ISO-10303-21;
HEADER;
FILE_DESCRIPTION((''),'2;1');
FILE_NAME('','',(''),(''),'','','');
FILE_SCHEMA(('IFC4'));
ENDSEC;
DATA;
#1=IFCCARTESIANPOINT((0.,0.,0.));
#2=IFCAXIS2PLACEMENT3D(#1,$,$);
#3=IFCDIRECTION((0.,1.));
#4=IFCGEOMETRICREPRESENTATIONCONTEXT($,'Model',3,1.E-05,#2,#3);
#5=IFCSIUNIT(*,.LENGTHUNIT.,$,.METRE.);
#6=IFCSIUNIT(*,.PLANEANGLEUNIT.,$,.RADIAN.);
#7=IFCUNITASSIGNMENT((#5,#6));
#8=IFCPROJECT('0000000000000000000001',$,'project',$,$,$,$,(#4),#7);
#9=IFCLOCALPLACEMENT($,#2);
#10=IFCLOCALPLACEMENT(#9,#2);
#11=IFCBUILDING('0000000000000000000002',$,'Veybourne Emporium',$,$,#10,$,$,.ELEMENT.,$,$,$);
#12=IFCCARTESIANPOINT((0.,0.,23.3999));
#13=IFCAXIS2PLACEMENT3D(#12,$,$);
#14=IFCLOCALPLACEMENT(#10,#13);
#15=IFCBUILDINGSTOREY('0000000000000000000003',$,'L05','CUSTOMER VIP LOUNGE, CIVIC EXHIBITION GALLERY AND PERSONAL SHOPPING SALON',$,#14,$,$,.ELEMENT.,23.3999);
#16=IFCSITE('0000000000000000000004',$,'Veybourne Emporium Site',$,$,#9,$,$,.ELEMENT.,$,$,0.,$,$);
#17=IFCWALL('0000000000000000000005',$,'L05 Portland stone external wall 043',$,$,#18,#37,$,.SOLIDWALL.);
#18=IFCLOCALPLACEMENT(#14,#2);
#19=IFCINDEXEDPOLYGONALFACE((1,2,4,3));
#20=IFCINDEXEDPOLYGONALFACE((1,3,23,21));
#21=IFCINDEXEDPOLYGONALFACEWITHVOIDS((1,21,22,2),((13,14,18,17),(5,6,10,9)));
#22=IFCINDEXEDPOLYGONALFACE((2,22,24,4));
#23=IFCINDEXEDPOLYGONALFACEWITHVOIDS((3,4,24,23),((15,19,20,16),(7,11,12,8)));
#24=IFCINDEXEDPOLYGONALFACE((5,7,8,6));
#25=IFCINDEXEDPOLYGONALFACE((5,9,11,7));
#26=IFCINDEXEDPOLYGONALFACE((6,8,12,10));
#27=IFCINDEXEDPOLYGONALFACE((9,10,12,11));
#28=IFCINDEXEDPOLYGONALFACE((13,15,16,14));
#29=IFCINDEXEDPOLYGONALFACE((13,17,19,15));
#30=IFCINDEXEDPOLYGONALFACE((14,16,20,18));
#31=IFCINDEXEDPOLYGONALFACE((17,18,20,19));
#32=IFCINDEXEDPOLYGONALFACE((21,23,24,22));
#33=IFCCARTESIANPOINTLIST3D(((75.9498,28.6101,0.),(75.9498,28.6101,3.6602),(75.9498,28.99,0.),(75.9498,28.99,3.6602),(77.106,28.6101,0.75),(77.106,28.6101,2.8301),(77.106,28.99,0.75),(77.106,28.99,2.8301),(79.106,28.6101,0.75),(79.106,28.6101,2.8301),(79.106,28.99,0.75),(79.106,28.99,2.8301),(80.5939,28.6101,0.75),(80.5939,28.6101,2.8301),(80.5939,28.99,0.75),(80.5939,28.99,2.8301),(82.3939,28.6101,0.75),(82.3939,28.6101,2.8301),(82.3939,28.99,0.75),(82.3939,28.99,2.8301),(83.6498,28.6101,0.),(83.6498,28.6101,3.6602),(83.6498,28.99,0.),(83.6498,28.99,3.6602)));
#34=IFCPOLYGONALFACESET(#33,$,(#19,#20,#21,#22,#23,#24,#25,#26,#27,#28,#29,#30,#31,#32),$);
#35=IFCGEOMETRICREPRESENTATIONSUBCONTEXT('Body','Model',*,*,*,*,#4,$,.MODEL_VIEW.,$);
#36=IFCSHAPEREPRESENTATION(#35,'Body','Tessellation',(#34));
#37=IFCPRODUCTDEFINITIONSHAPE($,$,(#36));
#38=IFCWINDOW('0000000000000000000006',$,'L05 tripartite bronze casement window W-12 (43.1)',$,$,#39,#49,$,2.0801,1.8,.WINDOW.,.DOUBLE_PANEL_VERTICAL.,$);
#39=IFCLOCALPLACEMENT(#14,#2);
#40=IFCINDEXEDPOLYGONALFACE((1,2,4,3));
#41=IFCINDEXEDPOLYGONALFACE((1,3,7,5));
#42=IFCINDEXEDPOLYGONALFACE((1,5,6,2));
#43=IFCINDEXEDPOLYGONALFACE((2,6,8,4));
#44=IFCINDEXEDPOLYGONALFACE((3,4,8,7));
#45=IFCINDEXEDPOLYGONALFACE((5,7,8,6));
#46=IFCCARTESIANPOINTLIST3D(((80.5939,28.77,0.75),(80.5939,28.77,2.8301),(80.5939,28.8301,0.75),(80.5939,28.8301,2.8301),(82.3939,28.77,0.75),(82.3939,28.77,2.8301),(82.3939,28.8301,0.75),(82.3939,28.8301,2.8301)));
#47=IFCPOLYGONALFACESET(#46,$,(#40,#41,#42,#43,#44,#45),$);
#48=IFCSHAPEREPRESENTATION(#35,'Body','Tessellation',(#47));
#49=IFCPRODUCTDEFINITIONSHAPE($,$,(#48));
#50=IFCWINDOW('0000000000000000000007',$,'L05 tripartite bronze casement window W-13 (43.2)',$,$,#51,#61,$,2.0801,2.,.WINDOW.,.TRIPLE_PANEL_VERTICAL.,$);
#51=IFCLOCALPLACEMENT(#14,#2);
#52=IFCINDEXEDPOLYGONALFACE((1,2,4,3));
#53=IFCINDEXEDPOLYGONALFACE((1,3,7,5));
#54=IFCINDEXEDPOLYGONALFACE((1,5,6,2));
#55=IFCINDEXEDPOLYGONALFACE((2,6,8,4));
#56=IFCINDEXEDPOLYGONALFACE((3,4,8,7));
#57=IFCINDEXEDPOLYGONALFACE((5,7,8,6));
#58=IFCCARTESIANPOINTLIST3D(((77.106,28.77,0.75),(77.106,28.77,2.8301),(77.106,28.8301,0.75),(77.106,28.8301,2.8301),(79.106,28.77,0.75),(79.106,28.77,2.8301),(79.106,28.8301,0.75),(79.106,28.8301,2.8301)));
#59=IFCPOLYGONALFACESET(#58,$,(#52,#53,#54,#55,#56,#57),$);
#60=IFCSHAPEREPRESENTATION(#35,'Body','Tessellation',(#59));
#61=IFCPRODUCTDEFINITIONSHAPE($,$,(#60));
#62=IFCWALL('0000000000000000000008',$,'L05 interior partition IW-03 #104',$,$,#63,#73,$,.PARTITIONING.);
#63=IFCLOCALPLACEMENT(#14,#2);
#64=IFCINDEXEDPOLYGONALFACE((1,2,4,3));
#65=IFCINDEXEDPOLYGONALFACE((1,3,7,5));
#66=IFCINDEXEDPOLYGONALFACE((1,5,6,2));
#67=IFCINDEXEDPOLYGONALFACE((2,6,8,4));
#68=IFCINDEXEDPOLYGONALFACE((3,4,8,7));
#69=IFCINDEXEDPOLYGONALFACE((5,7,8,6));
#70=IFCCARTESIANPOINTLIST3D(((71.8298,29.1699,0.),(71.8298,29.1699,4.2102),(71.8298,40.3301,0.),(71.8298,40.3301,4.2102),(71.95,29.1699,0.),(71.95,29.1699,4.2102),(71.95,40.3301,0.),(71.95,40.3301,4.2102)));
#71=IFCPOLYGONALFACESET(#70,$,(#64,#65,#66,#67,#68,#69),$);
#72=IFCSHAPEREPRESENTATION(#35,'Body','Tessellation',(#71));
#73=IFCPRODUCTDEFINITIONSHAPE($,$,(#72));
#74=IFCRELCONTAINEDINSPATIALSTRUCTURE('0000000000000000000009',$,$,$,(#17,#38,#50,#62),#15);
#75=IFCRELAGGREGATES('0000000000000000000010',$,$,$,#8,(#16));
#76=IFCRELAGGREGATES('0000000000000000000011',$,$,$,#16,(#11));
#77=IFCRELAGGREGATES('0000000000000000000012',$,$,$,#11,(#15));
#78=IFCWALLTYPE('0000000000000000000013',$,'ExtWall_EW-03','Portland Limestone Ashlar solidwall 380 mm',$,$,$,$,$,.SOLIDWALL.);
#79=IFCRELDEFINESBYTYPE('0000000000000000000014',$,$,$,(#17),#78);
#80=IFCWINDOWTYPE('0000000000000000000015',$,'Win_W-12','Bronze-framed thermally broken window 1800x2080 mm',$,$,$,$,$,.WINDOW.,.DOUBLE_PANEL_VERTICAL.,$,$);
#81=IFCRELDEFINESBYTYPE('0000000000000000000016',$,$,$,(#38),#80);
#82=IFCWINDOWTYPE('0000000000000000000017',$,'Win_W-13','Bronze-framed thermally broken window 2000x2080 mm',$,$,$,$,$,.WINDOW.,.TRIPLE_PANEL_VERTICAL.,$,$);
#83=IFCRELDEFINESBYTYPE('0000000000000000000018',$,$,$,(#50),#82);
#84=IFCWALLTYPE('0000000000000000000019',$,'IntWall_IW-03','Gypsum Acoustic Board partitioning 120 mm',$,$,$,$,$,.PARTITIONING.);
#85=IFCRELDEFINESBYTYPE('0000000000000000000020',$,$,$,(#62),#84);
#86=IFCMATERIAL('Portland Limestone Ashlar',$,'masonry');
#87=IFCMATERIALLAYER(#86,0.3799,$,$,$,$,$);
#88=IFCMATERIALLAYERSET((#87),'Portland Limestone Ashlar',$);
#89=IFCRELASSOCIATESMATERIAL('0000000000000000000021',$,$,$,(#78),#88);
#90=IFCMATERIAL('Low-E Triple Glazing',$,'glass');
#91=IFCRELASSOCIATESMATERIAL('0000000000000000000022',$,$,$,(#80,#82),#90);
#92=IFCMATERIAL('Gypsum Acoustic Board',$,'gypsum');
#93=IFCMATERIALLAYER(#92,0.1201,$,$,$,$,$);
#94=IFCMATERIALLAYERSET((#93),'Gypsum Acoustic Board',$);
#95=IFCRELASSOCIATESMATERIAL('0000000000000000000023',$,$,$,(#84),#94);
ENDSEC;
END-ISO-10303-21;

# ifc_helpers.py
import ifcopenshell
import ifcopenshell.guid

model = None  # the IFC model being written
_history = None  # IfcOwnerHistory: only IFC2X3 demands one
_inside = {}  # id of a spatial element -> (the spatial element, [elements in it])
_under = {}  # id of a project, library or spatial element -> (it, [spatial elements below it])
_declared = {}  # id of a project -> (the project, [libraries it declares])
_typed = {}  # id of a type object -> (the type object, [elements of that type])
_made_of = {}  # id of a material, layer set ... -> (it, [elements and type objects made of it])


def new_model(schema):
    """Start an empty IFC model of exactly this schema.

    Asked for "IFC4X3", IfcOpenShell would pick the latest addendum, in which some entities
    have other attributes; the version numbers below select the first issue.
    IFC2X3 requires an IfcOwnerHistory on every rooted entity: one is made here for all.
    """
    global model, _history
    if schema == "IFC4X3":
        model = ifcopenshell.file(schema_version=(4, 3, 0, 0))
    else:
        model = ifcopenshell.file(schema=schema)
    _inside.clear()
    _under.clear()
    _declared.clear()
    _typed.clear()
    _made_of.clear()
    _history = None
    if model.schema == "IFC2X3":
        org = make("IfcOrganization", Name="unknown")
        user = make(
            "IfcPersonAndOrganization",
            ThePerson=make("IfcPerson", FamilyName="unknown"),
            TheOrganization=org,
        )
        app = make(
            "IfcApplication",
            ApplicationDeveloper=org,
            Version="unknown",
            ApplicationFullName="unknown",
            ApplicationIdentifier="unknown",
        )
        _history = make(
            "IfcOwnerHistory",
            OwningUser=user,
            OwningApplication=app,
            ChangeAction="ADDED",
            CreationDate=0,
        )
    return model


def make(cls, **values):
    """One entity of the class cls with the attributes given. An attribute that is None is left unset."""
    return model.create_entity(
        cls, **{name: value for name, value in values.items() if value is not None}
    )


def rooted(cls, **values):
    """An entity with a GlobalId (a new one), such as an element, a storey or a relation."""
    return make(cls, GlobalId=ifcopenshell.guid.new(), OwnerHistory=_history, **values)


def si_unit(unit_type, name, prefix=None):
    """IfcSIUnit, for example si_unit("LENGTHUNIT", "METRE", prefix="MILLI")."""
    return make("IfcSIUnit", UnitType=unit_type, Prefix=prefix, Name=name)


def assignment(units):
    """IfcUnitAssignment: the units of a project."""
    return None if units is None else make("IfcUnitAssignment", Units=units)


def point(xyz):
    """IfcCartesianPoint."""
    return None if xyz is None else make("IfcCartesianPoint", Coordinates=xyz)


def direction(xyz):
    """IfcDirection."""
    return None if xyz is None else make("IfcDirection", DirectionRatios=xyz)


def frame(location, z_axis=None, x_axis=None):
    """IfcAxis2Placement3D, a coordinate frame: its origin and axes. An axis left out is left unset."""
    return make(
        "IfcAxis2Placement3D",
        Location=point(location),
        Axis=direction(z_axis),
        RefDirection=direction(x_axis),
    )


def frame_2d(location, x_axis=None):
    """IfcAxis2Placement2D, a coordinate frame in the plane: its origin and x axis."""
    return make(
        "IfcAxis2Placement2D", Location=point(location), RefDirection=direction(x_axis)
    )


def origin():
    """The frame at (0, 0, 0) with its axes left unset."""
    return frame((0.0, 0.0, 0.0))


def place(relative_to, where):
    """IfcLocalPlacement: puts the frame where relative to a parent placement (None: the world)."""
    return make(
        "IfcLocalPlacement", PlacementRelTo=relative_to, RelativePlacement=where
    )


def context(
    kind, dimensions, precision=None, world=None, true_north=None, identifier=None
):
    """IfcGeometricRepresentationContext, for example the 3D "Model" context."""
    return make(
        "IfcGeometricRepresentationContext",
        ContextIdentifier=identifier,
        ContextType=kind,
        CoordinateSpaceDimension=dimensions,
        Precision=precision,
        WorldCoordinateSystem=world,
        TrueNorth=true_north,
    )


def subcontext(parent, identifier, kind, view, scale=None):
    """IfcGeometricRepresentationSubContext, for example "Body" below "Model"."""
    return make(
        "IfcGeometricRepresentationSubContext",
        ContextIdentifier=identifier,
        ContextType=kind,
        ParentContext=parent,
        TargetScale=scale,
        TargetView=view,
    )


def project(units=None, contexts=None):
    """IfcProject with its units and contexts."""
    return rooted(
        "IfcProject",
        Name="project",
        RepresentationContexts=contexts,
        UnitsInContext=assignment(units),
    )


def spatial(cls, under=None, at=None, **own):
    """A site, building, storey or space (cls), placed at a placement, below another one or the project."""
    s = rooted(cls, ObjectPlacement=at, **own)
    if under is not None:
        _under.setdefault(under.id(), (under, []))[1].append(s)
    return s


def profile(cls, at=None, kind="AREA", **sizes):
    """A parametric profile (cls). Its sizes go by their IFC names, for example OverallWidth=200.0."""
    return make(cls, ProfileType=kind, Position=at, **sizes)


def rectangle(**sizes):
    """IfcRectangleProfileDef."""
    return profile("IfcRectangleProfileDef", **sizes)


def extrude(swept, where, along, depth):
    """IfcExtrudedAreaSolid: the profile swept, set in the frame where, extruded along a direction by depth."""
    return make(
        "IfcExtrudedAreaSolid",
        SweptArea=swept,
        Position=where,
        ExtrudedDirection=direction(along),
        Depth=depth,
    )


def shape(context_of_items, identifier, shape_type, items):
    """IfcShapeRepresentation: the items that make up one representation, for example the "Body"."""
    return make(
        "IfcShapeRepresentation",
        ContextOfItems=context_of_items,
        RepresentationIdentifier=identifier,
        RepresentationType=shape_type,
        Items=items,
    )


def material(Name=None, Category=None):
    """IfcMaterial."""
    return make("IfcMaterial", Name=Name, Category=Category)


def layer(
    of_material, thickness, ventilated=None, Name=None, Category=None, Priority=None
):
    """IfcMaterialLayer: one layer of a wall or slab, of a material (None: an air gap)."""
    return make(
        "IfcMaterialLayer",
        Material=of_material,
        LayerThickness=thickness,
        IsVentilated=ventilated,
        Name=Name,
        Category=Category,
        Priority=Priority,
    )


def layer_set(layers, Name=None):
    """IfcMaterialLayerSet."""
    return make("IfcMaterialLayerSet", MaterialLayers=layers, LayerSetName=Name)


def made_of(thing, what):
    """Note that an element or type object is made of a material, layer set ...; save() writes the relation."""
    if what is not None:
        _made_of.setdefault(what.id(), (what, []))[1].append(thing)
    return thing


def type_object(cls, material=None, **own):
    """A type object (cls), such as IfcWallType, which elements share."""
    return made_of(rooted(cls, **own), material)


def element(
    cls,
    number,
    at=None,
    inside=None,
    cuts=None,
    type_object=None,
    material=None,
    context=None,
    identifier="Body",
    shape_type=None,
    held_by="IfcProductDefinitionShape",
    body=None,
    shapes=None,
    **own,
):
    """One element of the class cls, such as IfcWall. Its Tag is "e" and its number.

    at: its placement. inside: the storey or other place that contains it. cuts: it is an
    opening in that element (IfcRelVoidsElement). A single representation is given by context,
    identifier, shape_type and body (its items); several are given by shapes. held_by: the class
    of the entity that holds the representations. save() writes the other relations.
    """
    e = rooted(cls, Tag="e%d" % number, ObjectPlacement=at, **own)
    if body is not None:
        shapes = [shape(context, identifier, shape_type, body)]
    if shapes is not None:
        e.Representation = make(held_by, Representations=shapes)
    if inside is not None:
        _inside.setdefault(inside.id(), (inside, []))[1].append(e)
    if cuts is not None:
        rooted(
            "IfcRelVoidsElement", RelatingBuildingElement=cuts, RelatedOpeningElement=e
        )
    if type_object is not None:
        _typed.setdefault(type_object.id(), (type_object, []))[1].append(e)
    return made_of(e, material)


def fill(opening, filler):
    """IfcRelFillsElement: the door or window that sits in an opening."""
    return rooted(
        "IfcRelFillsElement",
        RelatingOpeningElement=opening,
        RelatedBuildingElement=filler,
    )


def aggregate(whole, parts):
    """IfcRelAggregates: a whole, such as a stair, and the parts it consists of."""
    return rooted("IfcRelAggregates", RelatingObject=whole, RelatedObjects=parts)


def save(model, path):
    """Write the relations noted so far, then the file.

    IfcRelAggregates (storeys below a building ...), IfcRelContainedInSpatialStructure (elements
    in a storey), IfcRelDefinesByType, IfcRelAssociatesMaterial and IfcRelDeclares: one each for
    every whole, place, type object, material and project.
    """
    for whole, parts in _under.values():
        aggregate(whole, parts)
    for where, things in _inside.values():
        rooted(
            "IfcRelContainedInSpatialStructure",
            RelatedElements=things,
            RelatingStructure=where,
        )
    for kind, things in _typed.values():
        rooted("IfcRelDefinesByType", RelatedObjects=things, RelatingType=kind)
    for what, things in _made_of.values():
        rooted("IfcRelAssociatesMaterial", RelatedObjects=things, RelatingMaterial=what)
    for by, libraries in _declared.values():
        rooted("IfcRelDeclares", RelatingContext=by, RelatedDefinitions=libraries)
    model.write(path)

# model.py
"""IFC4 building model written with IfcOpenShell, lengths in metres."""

from ifc_helpers import new_model, si_unit, direction, frame, frame_2d, origin, place, context, subcontext, project, spatial, rectangle, extrude, material, layer, layer_set, type_object, element, fill, save


model = new_model("IFC4")

# Units and contexts
model_context = context("Model", 3, precision=1e-05, world=origin(), true_north=direction((0.0, 1.0)))
body_context = subcontext(model_context, "Body", "Model", "MODEL_VIEW")
ifc_project = project(units=[si_unit("LENGTHUNIT", "METRE"), si_unit("PLANEANGLEUNIT", "RADIAN")], contexts=[model_context])

# Site, building, storey
site_placement = place(None, origin())
site = spatial("IfcSite", under=ifc_project, at=site_placement, Name="Veybourne Emporium Site", CompositionType="ELEMENT", RefElevation=0.0)
building_placement = place(site_placement, origin())
building = spatial("IfcBuilding", under=site, at=building_placement, Name="Veybourne Emporium", CompositionType="ELEMENT")
storey_placement = place(building_placement, frame((0.0, 0.0, 23.3999)))
storey = spatial("IfcBuildingStorey", under=building, at=storey_placement, Name="L05", Description="CUSTOMER VIP LOUNGE, CIVIC EXHIBITION GALLERY AND PERSONAL SHOPPING SALON", CompositionType="ELEMENT", Elevation=23.3999)

# Wall, openings, windows
ifc_material_1 = material(Name="Portland Limestone Ashlar", Category="masonry")
ifc_layer_1 = layer(ifc_material_1, 0.3799)
ifc_layer_set_1 = layer_set([ifc_layer_1], Name="Portland Limestone Ashlar")
wall_type_1 = type_object("IfcWallType", Name="ExtWall_EW-03", Description="Portland Limestone Ashlar solidwall 380 mm", PredefinedType="SOLIDWALL", material=ifc_layer_set_1)
ifc_material_2 = material(Name="Low-E Triple Glazing", Category="glass")
wall_1_placement = place(storey_placement, frame((83.6499, 28.8, 0.0), z_axis=(0.0, 0.0, 1.0), x_axis=(-1.0, 0.0, 0.0)))
wall_1 = element("IfcWall", 1, at=wall_1_placement, inside=storey, type_object=wall_type_1, Name="L05 Portland stone external wall 043", PredefinedType="SOLIDWALL", context=body_context, shape_type="SweptSolid", body=[
    extrude(rectangle(XDim=7.7, YDim=0.3799, at=frame_2d((3.8501, 0.0))), origin(), (0.0, 0.0, 1.0), 3.6602),
])
opening_1_placement = place(wall_1_placement, frame((1.2561, 0.0, 0.75)))
opening_1 = element("IfcOpeningElement", 2, at=opening_1_placement, cuts=wall_1, PredefinedType="OPENING", context=body_context, shape_type="SweptSolid", body=[
    extrude(rectangle(XDim=1.8, YDim=2.0801, at=frame_2d((0.8999, 1.04))), frame((0.0, 0.21, 0.0), z_axis=(0.0, -1.0, 0.0), x_axis=(1.0, 0.0, 0.0)), (0.0, 0.0, 1.0), 0.4199),
])
opening_2_placement = place(wall_1_placement, frame((4.5439, 0.0, 0.75)))
opening_2 = element("IfcOpeningElement", 3, at=opening_2_placement, cuts=wall_1, PredefinedType="OPENING", context=body_context, shape_type="SweptSolid", body=[
    extrude(rectangle(XDim=2.0, YDim=2.0801, at=frame_2d((1.0, 1.04))), frame((0.0, 0.21, 0.0), z_axis=(0.0, -1.0, 0.0), x_axis=(1.0, 0.0, 0.0)), (0.0, 0.0, 1.0), 0.4199),
])
window_type_1 = type_object("IfcWindowType", Name="Win_W-12", Description="Bronze-framed thermally broken window 1800x2080 mm", PartitioningType="DOUBLE_PANEL_VERTICAL", PredefinedType="WINDOW", material=ifc_material_2)
window_1_placement = place(opening_1_placement, origin())
window_1 = element("IfcWindow", 4, at=window_1_placement, inside=storey, type_object=window_type_1, Name="L05 tripartite bronze casement window W-12 (43.1)", OverallHeight=2.0801, OverallWidth=1.8, PartitioningType="DOUBLE_PANEL_VERTICAL", PredefinedType="WINDOW", context=body_context, shape_type="SweptSolid", body=[
    extrude(rectangle(XDim=1.8, YDim=2.0801, at=frame_2d((0.8999, 1.04))), frame((0.0, 0.03, 0.0), z_axis=(0.0, -1.0, 0.0), x_axis=(1.0, 0.0, 0.0)), (0.0, 0.0, 1.0), 0.0601),
])
fill(opening_1, window_1)
window_type_2 = type_object("IfcWindowType", Name="Win_W-13", Description="Bronze-framed thermally broken window 2000x2080 mm", PartitioningType="TRIPLE_PANEL_VERTICAL", PredefinedType="WINDOW", material=ifc_material_2)
window_2_placement = place(opening_2_placement, origin())
window_2 = element("IfcWindow", 5, at=window_2_placement, inside=storey, type_object=window_type_2, Name="L05 tripartite bronze casement window W-13 (43.2)", OverallHeight=2.0801, OverallWidth=2.0, PartitioningType="TRIPLE_PANEL_VERTICAL", PredefinedType="WINDOW", context=body_context, shape_type="SweptSolid", body=[
    extrude(rectangle(XDim=2.0, YDim=2.0801, at=frame_2d((1.0, 1.04))), frame((0.0, 0.03, 0.0), z_axis=(0.0, -1.0, 0.0), x_axis=(1.0, 0.0, 0.0)), (0.0, 0.0, 1.0), 0.0601),
])
fill(opening_2, window_2)

# Wall
ifc_material_3 = material(Name="Gypsum Acoustic Board", Category="gypsum")
ifc_layer_2 = layer(ifc_material_3, 0.1201)
ifc_layer_set_2 = layer_set([ifc_layer_2], Name="Gypsum Acoustic Board")
wall_type_2 = type_object("IfcWallType", Name="IntWall_IW-03", Description="Gypsum Acoustic Board partitioning 120 mm", PredefinedType="PARTITIONING", material=ifc_layer_set_2)
wall_2_placement = place(storey_placement, frame((71.8899, 29.1699, 0.0), z_axis=(0.0, 0.0, 1.0), x_axis=(0.0, 1.0, 0.0)))
element("IfcWall", 6, at=wall_2_placement, inside=storey, type_object=wall_type_2, Name="L05 interior partition IW-03 #104", PredefinedType="PARTITIONING", context=body_context, shape_type="SweptSolid", body=[
    extrude(rectangle(XDim=11.1602, YDim=0.1201, at=frame_2d((5.5801, 0.0))), origin(), (0.0, 0.0, 1.0), 4.2102),
])

save(model, "model.ifc")
